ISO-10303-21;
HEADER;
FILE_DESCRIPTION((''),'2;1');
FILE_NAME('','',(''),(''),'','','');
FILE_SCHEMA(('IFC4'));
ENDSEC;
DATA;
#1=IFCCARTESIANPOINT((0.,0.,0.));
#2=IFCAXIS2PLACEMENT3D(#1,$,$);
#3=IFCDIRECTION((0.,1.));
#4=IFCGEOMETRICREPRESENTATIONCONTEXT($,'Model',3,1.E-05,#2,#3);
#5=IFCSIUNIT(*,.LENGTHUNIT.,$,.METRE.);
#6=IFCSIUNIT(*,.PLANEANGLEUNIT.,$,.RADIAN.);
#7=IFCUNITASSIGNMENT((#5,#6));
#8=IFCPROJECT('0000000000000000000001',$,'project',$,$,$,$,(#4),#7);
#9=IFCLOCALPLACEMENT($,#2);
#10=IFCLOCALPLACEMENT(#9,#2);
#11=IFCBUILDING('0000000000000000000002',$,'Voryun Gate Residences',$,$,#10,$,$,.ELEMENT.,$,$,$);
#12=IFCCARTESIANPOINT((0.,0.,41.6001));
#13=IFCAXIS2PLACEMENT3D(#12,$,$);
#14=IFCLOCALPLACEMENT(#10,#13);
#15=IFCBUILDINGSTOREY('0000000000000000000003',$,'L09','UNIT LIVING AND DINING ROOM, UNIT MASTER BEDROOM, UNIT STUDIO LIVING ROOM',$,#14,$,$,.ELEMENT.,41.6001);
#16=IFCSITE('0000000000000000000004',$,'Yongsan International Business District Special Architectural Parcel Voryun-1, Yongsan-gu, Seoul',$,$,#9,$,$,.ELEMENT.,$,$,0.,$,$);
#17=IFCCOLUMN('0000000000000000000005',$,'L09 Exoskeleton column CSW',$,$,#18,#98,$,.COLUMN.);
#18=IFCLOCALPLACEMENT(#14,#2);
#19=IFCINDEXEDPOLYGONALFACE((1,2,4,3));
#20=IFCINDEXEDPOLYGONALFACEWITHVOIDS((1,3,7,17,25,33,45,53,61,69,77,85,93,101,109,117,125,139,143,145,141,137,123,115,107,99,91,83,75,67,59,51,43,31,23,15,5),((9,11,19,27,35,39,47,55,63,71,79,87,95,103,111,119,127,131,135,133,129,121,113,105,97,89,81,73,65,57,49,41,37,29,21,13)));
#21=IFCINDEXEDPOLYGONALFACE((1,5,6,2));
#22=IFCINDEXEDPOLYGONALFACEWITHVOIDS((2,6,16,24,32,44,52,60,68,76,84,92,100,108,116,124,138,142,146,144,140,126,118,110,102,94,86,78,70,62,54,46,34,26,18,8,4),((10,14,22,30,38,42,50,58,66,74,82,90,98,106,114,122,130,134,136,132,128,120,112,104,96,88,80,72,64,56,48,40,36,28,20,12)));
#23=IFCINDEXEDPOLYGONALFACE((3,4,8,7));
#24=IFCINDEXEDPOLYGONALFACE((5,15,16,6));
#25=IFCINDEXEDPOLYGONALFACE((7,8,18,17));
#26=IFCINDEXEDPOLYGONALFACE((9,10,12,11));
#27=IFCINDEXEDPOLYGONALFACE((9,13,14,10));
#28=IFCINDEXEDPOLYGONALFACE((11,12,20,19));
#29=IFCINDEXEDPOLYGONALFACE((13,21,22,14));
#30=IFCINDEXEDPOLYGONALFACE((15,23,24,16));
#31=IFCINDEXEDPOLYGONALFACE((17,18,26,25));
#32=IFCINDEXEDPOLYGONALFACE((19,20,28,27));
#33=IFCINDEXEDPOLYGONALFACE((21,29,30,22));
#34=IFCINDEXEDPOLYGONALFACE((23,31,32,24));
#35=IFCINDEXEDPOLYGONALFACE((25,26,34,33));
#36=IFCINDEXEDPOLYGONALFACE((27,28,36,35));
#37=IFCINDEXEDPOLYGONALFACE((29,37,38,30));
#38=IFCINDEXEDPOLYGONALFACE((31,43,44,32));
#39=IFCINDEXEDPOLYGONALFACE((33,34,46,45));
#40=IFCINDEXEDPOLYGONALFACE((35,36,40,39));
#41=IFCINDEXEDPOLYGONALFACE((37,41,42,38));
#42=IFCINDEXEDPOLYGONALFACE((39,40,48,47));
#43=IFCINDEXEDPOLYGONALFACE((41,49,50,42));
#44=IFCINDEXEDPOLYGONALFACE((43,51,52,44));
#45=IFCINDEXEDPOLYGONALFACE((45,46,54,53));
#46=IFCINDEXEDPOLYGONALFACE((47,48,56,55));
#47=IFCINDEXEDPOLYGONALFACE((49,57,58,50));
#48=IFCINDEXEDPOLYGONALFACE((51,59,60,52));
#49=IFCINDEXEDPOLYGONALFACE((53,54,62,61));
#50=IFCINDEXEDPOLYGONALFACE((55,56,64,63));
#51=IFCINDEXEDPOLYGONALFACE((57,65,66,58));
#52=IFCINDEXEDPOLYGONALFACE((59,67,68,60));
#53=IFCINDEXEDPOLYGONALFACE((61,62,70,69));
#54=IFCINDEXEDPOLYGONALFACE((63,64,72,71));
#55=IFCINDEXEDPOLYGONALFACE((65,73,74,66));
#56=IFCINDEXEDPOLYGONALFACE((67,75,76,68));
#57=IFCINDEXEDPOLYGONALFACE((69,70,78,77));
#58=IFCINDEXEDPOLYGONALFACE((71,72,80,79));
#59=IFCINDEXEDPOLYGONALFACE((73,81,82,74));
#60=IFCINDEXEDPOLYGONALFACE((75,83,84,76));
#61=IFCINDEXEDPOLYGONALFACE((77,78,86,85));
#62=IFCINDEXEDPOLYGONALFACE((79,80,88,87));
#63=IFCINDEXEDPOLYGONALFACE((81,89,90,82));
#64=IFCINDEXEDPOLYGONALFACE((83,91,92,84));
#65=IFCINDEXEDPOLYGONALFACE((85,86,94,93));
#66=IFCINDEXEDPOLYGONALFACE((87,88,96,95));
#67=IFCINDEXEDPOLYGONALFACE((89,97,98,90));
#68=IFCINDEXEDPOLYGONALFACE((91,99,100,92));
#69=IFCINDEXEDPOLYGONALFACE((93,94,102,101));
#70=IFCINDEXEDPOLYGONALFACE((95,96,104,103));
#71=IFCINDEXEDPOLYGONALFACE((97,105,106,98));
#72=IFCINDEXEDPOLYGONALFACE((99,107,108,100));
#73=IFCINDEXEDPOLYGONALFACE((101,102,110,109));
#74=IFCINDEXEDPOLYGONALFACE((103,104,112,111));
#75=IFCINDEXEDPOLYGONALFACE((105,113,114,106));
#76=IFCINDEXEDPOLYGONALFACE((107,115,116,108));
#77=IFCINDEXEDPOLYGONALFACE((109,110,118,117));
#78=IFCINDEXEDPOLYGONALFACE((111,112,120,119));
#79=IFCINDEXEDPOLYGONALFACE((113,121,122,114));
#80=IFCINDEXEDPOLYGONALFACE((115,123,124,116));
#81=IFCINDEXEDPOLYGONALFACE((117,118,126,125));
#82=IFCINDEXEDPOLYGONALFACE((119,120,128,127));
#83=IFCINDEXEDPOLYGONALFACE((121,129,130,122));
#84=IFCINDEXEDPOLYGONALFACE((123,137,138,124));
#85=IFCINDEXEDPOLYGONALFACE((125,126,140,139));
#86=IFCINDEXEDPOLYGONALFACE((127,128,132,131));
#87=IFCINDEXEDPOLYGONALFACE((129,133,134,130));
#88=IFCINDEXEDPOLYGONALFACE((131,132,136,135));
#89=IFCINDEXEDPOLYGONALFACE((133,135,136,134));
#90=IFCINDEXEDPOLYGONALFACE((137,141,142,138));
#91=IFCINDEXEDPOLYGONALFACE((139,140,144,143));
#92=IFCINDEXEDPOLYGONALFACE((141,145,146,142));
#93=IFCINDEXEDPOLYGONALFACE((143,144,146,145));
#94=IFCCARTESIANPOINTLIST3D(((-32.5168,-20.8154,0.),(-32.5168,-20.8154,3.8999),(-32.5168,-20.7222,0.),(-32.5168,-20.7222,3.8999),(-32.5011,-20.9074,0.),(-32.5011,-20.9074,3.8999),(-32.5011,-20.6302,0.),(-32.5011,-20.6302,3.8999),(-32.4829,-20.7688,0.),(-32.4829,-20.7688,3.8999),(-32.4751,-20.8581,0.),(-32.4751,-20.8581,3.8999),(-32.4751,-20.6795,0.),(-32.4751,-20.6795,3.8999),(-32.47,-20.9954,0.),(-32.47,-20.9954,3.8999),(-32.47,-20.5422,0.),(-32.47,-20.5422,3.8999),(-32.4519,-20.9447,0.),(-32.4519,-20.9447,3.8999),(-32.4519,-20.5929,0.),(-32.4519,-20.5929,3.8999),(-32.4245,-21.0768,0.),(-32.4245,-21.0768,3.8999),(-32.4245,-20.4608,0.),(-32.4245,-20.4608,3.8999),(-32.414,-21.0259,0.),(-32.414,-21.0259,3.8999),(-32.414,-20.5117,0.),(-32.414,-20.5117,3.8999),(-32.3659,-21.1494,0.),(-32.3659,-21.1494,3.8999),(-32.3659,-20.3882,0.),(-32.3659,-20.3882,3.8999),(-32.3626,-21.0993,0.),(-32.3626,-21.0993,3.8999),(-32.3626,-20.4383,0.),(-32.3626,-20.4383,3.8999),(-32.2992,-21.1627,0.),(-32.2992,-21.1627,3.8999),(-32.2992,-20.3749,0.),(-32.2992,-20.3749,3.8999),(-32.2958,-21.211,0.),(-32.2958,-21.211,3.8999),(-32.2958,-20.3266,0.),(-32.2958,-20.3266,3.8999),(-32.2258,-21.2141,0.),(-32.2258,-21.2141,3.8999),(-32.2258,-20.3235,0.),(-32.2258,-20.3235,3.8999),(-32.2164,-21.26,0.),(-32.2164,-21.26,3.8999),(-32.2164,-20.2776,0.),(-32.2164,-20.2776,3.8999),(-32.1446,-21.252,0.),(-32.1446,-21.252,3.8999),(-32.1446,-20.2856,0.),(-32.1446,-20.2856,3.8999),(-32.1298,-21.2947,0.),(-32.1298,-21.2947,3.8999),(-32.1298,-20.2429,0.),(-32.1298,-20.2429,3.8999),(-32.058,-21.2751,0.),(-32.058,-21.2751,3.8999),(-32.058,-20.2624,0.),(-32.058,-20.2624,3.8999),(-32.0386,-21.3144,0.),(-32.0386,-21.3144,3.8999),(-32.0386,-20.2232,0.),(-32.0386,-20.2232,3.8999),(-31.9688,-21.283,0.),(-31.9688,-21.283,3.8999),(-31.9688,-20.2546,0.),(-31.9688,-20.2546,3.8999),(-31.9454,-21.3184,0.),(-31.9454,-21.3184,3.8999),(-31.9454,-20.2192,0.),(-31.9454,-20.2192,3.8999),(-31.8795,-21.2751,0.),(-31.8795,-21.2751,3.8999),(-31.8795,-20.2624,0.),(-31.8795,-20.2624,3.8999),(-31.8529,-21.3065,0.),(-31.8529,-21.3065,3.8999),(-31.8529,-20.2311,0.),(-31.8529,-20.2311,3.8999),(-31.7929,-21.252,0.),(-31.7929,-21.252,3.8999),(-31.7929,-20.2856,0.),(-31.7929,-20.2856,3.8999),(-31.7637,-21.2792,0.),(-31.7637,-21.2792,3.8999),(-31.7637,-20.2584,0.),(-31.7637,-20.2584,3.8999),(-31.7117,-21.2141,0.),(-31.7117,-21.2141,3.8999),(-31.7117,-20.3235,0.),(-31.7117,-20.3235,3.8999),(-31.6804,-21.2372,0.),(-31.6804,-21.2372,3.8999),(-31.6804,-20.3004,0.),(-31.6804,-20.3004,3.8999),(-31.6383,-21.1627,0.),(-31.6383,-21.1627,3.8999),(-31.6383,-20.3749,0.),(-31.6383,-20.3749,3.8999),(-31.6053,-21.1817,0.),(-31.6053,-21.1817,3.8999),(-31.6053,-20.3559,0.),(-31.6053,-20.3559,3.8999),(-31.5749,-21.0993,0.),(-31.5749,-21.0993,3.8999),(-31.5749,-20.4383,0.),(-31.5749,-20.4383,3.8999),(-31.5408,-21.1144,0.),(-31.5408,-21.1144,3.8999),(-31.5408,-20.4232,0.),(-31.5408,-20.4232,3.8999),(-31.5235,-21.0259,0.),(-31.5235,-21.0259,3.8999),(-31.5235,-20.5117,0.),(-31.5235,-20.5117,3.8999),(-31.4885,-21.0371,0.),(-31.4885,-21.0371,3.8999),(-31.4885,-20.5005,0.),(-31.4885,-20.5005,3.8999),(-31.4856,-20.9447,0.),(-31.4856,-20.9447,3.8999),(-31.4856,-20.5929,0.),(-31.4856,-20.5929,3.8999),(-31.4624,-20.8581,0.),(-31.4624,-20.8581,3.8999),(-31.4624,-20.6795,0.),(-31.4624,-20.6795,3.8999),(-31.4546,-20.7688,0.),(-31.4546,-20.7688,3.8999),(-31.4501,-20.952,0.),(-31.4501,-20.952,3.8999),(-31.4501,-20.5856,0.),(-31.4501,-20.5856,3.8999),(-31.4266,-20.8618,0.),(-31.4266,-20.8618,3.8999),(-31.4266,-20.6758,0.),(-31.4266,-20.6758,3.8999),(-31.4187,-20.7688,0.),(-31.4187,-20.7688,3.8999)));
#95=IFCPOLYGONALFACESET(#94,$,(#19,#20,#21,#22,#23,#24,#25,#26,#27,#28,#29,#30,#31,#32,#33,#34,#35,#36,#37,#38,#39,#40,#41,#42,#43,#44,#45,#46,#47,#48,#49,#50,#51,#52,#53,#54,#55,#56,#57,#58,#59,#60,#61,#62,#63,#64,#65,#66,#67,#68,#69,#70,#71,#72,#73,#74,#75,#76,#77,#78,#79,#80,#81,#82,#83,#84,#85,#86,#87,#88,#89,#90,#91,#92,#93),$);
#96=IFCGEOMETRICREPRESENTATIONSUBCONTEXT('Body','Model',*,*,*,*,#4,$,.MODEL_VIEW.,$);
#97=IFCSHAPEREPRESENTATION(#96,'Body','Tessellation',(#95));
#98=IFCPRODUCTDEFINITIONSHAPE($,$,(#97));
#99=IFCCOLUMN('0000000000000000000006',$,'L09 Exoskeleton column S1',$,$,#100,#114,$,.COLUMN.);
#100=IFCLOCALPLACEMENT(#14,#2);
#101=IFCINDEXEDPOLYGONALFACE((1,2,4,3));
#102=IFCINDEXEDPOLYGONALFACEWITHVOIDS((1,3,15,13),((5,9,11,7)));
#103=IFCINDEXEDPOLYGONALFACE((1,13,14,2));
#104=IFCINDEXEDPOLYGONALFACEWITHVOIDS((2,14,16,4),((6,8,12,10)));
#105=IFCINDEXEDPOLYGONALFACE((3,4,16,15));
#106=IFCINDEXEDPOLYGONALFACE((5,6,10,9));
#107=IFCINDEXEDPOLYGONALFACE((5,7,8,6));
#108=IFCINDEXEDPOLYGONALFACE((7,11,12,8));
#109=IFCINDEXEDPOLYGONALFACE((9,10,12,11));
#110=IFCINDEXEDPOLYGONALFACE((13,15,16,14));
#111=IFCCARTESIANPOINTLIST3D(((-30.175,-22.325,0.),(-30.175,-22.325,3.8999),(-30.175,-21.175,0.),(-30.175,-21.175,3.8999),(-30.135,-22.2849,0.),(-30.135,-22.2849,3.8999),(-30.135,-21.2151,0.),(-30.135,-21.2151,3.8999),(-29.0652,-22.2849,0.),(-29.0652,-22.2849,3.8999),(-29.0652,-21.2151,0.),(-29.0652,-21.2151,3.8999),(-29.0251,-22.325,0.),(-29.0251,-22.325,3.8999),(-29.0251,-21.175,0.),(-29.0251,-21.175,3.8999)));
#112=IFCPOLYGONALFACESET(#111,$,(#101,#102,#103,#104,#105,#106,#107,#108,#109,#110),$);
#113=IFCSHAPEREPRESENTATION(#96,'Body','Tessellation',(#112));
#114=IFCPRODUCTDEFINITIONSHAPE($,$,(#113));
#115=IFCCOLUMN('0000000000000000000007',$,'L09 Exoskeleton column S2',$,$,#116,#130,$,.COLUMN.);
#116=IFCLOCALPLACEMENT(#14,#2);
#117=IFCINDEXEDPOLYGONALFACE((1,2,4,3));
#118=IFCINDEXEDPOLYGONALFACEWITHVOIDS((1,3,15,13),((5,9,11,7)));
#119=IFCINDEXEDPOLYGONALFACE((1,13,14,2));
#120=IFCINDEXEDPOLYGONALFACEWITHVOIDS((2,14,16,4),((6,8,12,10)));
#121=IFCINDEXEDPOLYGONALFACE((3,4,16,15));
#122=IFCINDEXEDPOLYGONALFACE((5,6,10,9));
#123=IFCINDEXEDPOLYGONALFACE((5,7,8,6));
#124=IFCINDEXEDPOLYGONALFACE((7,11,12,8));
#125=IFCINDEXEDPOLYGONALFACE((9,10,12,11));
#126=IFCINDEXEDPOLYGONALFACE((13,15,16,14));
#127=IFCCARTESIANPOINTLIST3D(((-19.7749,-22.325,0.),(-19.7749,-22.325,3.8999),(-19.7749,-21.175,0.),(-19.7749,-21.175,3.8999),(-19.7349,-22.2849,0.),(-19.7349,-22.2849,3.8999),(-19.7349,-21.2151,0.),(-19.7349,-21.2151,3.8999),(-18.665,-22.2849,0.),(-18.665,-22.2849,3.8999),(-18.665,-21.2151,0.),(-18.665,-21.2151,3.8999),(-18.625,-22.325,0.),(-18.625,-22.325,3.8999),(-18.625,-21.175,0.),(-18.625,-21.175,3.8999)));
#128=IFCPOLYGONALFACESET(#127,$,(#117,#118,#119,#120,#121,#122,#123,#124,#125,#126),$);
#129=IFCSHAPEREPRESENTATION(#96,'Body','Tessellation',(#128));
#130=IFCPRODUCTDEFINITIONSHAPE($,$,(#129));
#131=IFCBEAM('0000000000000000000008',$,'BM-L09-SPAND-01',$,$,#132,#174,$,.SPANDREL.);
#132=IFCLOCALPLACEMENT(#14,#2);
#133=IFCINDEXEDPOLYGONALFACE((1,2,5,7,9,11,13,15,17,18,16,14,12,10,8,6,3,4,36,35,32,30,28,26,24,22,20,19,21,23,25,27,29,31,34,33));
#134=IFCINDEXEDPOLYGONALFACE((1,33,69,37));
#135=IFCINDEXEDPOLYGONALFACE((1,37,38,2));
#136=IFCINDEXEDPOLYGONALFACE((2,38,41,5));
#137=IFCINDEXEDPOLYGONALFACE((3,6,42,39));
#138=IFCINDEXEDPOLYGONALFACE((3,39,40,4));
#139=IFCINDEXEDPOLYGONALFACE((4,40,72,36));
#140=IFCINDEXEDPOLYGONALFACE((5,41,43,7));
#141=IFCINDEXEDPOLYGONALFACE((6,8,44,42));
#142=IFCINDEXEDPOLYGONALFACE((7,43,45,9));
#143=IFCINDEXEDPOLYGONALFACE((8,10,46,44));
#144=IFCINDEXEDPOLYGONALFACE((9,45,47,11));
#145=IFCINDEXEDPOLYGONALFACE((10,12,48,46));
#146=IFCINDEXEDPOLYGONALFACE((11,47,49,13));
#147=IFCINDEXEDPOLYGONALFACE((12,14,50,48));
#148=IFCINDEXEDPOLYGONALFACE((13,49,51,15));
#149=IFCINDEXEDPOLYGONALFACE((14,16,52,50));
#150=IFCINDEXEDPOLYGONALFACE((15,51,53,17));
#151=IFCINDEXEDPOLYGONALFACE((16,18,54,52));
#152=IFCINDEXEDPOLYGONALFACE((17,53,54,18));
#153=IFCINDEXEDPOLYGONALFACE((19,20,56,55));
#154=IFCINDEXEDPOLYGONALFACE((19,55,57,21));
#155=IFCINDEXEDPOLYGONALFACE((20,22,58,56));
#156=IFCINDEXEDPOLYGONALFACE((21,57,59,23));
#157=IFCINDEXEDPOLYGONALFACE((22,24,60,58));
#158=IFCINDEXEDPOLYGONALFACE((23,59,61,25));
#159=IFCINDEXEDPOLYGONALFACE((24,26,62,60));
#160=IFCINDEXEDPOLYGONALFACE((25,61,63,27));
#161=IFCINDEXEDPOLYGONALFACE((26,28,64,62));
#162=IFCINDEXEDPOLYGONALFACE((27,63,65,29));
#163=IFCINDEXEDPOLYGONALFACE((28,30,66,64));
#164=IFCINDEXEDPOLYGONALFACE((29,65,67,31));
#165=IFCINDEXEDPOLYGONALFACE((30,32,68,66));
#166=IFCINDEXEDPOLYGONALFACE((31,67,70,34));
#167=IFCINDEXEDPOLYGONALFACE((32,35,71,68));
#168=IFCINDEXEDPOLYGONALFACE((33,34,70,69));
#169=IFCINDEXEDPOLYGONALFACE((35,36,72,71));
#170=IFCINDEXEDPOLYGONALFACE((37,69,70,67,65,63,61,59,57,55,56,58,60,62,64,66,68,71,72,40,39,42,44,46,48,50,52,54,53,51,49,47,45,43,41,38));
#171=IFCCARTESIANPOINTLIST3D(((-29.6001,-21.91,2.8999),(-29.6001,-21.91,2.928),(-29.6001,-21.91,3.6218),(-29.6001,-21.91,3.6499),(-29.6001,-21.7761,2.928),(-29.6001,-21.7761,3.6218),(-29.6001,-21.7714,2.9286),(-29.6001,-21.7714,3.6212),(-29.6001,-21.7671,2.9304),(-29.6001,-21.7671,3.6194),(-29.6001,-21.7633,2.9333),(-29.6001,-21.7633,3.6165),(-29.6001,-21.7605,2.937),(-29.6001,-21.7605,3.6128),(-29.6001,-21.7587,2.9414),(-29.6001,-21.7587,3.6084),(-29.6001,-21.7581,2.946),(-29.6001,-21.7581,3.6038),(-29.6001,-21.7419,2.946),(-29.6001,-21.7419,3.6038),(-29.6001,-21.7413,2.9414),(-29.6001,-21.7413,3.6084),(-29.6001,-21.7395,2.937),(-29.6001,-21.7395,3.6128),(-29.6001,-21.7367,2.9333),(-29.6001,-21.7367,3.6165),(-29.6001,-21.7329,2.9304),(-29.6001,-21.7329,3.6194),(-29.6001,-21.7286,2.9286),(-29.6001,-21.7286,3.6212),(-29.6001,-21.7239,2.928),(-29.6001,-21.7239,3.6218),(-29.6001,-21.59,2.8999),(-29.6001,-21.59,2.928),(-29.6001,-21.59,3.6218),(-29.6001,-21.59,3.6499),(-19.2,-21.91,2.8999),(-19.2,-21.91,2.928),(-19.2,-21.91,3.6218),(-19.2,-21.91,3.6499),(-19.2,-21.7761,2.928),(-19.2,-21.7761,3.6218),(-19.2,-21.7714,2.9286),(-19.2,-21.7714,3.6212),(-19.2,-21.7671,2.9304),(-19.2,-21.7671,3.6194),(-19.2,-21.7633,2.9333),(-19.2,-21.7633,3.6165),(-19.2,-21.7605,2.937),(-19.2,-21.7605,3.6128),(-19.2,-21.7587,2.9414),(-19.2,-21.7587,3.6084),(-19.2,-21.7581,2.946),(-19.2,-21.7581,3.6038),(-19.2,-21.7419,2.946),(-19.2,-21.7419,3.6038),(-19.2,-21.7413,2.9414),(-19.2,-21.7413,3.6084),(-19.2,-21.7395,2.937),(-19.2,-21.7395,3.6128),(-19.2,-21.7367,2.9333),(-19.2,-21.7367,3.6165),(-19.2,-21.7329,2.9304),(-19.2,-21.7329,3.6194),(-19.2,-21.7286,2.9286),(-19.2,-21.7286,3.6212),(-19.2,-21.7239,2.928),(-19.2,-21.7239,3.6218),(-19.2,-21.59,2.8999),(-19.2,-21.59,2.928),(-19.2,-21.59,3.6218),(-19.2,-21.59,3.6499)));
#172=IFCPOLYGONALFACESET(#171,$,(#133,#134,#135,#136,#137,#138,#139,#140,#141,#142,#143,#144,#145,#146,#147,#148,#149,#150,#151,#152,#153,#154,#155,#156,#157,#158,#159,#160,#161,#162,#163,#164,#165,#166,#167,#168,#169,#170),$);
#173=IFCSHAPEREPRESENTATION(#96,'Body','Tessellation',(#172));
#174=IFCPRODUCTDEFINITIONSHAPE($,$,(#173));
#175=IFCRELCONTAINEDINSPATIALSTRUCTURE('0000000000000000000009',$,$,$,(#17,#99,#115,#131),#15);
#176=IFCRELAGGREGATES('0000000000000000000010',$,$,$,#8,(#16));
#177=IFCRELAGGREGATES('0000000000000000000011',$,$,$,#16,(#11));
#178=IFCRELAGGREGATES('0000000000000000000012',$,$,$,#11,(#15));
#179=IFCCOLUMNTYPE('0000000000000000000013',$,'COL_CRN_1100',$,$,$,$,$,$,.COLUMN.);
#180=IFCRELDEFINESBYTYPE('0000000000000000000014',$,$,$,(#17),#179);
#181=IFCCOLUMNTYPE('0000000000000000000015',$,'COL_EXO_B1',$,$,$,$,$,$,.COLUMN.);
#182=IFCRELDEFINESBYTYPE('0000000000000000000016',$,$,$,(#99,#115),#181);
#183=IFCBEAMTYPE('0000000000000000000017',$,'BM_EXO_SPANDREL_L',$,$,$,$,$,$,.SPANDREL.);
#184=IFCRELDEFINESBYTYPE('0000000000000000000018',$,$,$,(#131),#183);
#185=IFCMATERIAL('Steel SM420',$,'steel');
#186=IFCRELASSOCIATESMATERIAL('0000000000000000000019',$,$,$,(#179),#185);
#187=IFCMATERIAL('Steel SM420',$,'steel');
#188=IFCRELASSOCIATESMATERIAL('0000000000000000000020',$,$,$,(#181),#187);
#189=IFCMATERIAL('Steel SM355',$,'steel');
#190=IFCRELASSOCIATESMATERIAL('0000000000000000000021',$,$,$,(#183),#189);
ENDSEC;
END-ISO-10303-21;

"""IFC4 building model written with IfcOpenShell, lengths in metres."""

from ifc_helpers import new_model, si_unit, direction, frame, origin, origin_2d, place, context, subcontext, project, spatial, hollow_rectangle, hollow_circle, i_section, extrude, material, material_profile, profile_set, type_object, element, save


model = new_model("IFC4")

# Units and contexts
model_context = context("Model", 3, precision=1e-05, world=origin(), true_north=direction((0.0, 1.0)))
body_context = subcontext(model_context, "Body", "Model", "MODEL_VIEW")
ifc_project = project(units=[si_unit("LENGTHUNIT", "METRE"), si_unit("PLANEANGLEUNIT", "RADIAN")], contexts=[model_context])

# Site, building, storey
site_placement = place(None, origin())
site = spatial("IfcSite", under=ifc_project, at=site_placement, Name="Yongsan International Business District Special Architectural Parcel Voryun-1, Yongsan-gu, Seoul", CompositionType="ELEMENT", RefElevation=0.0)
building_placement = place(site_placement, origin())
building = spatial("IfcBuilding", under=site, at=building_placement, Name="Voryun Gate Residences", CompositionType="ELEMENT")
storey_placement = place(building_placement, frame((0.0, 0.0, 41.6001)))
storey = spatial("IfcBuildingStorey", under=building, at=storey_placement, Name="L09", Description="UNIT LIVING AND DINING ROOM, UNIT MASTER BEDROOM, UNIT STUDIO LIVING ROOM", CompositionType="ELEMENT", Elevation=41.6001)

# Columns
ifc_material_1 = material(Name="Steel SM420", Category="steel")
ifc_material_profile_1 = material_profile(ifc_material_1, hollow_circle(Radius=0.55, WallThickness=0.0359, at=origin_2d()), Name="CHS-1100x36")
ifc_profile_set_1 = profile_set([ifc_material_profile_1], Name="Steel SM420")
column_type_1 = type_object("IfcColumnType", Name="COL_CRN_1100", PredefinedType="COLUMN", material=ifc_profile_set_1)
column_placement = place(storey_placement, frame((-31.9688, -20.7688, 0.0), z_axis=(0.0, 0.0, 1.0), x_axis=(1.0, 0.0, 0.0)))
element("IfcColumn", 1, at=column_placement, inside=storey, type_object=column_type_1, Name="L09 Exoskeleton column CSW", PredefinedType="COLUMN", context=body_context, shape_type="SweptSolid", body=[
    extrude(hollow_circle(Radius=0.55, WallThickness=0.0359, at=origin_2d()), origin(), (0.0, 0.0, 1.0), 3.8999),
])
ifc_material_2 = material(Name="Steel SM420", Category="steel")
ifc_material_profile_2 = material_profile(ifc_material_2, hollow_rectangle(XDim=1.1499, YDim=1.1499, WallThickness=0.04, at=origin_2d()), Name="BOX-1150x1150x40")
ifc_profile_set_2 = profile_set([ifc_material_profile_2], Name="Steel SM420")
column_type_2 = type_object("IfcColumnType", Name="COL_EXO_B1", PredefinedType="COLUMN", material=ifc_profile_set_2)
for number, where, z_axis, x_axis, name in (
    (2, (-29.6001, -21.75, 0.0), (0.0, 0.0, 1.0), (1.0, 0.0, 0.0), "L09 Exoskeleton column S1"),
    (3, (-19.2, -21.75, 0.0), (0.0, 0.0, 1.0), (1.0, 0.0, 0.0), "L09 Exoskeleton column S2"),
):
    element("IfcColumn", number, at=place(storey_placement, frame(where, z_axis=z_axis, x_axis=x_axis)), inside=storey, type_object=column_type_2, Name=name, PredefinedType="COLUMN", context=body_context, shape_type="SweptSolid", body=[
        extrude(hollow_rectangle(XDim=1.1499, YDim=1.1499, WallThickness=0.04, at=origin_2d()), origin(), (0.0, 0.0, 1.0), 3.8999),
    ])

# Beam
ifc_material_3 = material(Name="Steel SM355", Category="steel")
ifc_material_profile_3 = material_profile(ifc_material_3, i_section(OverallWidth=0.3201, OverallDepth=0.75, WebThickness=0.0161, FlangeThickness=0.0281, FilletRadius=0.0181, at=origin_2d()), Name="H-750x320x16x28")
ifc_profile_set_3 = profile_set([ifc_material_profile_3], Name="Steel SM355")
beam_type = type_object("IfcBeamType", Name="BM_EXO_SPANDREL_L", PredefinedType="SPANDREL", material=ifc_profile_set_3)
beam_1_placement = place(storey_placement, frame((-29.6001, -21.75, 3.2749), z_axis=(1.0, 0.0, 0.0), x_axis=(0.0, 1.0, 0.0)))
element("IfcBeam", 4, at=beam_1_placement, inside=storey, type_object=beam_type, Name="BM-L09-SPAND-01", PredefinedType="SPANDREL", context=body_context, shape_type="SweptSolid", body=[
    extrude(i_section(OverallWidth=0.3201, OverallDepth=0.75, WebThickness=0.0161, FlangeThickness=0.0281, FilletRadius=0.0181, at=origin_2d()), origin(), (0.0, 0.0, 1.0), 10.4001),
])

save(model, "model.ifc")
